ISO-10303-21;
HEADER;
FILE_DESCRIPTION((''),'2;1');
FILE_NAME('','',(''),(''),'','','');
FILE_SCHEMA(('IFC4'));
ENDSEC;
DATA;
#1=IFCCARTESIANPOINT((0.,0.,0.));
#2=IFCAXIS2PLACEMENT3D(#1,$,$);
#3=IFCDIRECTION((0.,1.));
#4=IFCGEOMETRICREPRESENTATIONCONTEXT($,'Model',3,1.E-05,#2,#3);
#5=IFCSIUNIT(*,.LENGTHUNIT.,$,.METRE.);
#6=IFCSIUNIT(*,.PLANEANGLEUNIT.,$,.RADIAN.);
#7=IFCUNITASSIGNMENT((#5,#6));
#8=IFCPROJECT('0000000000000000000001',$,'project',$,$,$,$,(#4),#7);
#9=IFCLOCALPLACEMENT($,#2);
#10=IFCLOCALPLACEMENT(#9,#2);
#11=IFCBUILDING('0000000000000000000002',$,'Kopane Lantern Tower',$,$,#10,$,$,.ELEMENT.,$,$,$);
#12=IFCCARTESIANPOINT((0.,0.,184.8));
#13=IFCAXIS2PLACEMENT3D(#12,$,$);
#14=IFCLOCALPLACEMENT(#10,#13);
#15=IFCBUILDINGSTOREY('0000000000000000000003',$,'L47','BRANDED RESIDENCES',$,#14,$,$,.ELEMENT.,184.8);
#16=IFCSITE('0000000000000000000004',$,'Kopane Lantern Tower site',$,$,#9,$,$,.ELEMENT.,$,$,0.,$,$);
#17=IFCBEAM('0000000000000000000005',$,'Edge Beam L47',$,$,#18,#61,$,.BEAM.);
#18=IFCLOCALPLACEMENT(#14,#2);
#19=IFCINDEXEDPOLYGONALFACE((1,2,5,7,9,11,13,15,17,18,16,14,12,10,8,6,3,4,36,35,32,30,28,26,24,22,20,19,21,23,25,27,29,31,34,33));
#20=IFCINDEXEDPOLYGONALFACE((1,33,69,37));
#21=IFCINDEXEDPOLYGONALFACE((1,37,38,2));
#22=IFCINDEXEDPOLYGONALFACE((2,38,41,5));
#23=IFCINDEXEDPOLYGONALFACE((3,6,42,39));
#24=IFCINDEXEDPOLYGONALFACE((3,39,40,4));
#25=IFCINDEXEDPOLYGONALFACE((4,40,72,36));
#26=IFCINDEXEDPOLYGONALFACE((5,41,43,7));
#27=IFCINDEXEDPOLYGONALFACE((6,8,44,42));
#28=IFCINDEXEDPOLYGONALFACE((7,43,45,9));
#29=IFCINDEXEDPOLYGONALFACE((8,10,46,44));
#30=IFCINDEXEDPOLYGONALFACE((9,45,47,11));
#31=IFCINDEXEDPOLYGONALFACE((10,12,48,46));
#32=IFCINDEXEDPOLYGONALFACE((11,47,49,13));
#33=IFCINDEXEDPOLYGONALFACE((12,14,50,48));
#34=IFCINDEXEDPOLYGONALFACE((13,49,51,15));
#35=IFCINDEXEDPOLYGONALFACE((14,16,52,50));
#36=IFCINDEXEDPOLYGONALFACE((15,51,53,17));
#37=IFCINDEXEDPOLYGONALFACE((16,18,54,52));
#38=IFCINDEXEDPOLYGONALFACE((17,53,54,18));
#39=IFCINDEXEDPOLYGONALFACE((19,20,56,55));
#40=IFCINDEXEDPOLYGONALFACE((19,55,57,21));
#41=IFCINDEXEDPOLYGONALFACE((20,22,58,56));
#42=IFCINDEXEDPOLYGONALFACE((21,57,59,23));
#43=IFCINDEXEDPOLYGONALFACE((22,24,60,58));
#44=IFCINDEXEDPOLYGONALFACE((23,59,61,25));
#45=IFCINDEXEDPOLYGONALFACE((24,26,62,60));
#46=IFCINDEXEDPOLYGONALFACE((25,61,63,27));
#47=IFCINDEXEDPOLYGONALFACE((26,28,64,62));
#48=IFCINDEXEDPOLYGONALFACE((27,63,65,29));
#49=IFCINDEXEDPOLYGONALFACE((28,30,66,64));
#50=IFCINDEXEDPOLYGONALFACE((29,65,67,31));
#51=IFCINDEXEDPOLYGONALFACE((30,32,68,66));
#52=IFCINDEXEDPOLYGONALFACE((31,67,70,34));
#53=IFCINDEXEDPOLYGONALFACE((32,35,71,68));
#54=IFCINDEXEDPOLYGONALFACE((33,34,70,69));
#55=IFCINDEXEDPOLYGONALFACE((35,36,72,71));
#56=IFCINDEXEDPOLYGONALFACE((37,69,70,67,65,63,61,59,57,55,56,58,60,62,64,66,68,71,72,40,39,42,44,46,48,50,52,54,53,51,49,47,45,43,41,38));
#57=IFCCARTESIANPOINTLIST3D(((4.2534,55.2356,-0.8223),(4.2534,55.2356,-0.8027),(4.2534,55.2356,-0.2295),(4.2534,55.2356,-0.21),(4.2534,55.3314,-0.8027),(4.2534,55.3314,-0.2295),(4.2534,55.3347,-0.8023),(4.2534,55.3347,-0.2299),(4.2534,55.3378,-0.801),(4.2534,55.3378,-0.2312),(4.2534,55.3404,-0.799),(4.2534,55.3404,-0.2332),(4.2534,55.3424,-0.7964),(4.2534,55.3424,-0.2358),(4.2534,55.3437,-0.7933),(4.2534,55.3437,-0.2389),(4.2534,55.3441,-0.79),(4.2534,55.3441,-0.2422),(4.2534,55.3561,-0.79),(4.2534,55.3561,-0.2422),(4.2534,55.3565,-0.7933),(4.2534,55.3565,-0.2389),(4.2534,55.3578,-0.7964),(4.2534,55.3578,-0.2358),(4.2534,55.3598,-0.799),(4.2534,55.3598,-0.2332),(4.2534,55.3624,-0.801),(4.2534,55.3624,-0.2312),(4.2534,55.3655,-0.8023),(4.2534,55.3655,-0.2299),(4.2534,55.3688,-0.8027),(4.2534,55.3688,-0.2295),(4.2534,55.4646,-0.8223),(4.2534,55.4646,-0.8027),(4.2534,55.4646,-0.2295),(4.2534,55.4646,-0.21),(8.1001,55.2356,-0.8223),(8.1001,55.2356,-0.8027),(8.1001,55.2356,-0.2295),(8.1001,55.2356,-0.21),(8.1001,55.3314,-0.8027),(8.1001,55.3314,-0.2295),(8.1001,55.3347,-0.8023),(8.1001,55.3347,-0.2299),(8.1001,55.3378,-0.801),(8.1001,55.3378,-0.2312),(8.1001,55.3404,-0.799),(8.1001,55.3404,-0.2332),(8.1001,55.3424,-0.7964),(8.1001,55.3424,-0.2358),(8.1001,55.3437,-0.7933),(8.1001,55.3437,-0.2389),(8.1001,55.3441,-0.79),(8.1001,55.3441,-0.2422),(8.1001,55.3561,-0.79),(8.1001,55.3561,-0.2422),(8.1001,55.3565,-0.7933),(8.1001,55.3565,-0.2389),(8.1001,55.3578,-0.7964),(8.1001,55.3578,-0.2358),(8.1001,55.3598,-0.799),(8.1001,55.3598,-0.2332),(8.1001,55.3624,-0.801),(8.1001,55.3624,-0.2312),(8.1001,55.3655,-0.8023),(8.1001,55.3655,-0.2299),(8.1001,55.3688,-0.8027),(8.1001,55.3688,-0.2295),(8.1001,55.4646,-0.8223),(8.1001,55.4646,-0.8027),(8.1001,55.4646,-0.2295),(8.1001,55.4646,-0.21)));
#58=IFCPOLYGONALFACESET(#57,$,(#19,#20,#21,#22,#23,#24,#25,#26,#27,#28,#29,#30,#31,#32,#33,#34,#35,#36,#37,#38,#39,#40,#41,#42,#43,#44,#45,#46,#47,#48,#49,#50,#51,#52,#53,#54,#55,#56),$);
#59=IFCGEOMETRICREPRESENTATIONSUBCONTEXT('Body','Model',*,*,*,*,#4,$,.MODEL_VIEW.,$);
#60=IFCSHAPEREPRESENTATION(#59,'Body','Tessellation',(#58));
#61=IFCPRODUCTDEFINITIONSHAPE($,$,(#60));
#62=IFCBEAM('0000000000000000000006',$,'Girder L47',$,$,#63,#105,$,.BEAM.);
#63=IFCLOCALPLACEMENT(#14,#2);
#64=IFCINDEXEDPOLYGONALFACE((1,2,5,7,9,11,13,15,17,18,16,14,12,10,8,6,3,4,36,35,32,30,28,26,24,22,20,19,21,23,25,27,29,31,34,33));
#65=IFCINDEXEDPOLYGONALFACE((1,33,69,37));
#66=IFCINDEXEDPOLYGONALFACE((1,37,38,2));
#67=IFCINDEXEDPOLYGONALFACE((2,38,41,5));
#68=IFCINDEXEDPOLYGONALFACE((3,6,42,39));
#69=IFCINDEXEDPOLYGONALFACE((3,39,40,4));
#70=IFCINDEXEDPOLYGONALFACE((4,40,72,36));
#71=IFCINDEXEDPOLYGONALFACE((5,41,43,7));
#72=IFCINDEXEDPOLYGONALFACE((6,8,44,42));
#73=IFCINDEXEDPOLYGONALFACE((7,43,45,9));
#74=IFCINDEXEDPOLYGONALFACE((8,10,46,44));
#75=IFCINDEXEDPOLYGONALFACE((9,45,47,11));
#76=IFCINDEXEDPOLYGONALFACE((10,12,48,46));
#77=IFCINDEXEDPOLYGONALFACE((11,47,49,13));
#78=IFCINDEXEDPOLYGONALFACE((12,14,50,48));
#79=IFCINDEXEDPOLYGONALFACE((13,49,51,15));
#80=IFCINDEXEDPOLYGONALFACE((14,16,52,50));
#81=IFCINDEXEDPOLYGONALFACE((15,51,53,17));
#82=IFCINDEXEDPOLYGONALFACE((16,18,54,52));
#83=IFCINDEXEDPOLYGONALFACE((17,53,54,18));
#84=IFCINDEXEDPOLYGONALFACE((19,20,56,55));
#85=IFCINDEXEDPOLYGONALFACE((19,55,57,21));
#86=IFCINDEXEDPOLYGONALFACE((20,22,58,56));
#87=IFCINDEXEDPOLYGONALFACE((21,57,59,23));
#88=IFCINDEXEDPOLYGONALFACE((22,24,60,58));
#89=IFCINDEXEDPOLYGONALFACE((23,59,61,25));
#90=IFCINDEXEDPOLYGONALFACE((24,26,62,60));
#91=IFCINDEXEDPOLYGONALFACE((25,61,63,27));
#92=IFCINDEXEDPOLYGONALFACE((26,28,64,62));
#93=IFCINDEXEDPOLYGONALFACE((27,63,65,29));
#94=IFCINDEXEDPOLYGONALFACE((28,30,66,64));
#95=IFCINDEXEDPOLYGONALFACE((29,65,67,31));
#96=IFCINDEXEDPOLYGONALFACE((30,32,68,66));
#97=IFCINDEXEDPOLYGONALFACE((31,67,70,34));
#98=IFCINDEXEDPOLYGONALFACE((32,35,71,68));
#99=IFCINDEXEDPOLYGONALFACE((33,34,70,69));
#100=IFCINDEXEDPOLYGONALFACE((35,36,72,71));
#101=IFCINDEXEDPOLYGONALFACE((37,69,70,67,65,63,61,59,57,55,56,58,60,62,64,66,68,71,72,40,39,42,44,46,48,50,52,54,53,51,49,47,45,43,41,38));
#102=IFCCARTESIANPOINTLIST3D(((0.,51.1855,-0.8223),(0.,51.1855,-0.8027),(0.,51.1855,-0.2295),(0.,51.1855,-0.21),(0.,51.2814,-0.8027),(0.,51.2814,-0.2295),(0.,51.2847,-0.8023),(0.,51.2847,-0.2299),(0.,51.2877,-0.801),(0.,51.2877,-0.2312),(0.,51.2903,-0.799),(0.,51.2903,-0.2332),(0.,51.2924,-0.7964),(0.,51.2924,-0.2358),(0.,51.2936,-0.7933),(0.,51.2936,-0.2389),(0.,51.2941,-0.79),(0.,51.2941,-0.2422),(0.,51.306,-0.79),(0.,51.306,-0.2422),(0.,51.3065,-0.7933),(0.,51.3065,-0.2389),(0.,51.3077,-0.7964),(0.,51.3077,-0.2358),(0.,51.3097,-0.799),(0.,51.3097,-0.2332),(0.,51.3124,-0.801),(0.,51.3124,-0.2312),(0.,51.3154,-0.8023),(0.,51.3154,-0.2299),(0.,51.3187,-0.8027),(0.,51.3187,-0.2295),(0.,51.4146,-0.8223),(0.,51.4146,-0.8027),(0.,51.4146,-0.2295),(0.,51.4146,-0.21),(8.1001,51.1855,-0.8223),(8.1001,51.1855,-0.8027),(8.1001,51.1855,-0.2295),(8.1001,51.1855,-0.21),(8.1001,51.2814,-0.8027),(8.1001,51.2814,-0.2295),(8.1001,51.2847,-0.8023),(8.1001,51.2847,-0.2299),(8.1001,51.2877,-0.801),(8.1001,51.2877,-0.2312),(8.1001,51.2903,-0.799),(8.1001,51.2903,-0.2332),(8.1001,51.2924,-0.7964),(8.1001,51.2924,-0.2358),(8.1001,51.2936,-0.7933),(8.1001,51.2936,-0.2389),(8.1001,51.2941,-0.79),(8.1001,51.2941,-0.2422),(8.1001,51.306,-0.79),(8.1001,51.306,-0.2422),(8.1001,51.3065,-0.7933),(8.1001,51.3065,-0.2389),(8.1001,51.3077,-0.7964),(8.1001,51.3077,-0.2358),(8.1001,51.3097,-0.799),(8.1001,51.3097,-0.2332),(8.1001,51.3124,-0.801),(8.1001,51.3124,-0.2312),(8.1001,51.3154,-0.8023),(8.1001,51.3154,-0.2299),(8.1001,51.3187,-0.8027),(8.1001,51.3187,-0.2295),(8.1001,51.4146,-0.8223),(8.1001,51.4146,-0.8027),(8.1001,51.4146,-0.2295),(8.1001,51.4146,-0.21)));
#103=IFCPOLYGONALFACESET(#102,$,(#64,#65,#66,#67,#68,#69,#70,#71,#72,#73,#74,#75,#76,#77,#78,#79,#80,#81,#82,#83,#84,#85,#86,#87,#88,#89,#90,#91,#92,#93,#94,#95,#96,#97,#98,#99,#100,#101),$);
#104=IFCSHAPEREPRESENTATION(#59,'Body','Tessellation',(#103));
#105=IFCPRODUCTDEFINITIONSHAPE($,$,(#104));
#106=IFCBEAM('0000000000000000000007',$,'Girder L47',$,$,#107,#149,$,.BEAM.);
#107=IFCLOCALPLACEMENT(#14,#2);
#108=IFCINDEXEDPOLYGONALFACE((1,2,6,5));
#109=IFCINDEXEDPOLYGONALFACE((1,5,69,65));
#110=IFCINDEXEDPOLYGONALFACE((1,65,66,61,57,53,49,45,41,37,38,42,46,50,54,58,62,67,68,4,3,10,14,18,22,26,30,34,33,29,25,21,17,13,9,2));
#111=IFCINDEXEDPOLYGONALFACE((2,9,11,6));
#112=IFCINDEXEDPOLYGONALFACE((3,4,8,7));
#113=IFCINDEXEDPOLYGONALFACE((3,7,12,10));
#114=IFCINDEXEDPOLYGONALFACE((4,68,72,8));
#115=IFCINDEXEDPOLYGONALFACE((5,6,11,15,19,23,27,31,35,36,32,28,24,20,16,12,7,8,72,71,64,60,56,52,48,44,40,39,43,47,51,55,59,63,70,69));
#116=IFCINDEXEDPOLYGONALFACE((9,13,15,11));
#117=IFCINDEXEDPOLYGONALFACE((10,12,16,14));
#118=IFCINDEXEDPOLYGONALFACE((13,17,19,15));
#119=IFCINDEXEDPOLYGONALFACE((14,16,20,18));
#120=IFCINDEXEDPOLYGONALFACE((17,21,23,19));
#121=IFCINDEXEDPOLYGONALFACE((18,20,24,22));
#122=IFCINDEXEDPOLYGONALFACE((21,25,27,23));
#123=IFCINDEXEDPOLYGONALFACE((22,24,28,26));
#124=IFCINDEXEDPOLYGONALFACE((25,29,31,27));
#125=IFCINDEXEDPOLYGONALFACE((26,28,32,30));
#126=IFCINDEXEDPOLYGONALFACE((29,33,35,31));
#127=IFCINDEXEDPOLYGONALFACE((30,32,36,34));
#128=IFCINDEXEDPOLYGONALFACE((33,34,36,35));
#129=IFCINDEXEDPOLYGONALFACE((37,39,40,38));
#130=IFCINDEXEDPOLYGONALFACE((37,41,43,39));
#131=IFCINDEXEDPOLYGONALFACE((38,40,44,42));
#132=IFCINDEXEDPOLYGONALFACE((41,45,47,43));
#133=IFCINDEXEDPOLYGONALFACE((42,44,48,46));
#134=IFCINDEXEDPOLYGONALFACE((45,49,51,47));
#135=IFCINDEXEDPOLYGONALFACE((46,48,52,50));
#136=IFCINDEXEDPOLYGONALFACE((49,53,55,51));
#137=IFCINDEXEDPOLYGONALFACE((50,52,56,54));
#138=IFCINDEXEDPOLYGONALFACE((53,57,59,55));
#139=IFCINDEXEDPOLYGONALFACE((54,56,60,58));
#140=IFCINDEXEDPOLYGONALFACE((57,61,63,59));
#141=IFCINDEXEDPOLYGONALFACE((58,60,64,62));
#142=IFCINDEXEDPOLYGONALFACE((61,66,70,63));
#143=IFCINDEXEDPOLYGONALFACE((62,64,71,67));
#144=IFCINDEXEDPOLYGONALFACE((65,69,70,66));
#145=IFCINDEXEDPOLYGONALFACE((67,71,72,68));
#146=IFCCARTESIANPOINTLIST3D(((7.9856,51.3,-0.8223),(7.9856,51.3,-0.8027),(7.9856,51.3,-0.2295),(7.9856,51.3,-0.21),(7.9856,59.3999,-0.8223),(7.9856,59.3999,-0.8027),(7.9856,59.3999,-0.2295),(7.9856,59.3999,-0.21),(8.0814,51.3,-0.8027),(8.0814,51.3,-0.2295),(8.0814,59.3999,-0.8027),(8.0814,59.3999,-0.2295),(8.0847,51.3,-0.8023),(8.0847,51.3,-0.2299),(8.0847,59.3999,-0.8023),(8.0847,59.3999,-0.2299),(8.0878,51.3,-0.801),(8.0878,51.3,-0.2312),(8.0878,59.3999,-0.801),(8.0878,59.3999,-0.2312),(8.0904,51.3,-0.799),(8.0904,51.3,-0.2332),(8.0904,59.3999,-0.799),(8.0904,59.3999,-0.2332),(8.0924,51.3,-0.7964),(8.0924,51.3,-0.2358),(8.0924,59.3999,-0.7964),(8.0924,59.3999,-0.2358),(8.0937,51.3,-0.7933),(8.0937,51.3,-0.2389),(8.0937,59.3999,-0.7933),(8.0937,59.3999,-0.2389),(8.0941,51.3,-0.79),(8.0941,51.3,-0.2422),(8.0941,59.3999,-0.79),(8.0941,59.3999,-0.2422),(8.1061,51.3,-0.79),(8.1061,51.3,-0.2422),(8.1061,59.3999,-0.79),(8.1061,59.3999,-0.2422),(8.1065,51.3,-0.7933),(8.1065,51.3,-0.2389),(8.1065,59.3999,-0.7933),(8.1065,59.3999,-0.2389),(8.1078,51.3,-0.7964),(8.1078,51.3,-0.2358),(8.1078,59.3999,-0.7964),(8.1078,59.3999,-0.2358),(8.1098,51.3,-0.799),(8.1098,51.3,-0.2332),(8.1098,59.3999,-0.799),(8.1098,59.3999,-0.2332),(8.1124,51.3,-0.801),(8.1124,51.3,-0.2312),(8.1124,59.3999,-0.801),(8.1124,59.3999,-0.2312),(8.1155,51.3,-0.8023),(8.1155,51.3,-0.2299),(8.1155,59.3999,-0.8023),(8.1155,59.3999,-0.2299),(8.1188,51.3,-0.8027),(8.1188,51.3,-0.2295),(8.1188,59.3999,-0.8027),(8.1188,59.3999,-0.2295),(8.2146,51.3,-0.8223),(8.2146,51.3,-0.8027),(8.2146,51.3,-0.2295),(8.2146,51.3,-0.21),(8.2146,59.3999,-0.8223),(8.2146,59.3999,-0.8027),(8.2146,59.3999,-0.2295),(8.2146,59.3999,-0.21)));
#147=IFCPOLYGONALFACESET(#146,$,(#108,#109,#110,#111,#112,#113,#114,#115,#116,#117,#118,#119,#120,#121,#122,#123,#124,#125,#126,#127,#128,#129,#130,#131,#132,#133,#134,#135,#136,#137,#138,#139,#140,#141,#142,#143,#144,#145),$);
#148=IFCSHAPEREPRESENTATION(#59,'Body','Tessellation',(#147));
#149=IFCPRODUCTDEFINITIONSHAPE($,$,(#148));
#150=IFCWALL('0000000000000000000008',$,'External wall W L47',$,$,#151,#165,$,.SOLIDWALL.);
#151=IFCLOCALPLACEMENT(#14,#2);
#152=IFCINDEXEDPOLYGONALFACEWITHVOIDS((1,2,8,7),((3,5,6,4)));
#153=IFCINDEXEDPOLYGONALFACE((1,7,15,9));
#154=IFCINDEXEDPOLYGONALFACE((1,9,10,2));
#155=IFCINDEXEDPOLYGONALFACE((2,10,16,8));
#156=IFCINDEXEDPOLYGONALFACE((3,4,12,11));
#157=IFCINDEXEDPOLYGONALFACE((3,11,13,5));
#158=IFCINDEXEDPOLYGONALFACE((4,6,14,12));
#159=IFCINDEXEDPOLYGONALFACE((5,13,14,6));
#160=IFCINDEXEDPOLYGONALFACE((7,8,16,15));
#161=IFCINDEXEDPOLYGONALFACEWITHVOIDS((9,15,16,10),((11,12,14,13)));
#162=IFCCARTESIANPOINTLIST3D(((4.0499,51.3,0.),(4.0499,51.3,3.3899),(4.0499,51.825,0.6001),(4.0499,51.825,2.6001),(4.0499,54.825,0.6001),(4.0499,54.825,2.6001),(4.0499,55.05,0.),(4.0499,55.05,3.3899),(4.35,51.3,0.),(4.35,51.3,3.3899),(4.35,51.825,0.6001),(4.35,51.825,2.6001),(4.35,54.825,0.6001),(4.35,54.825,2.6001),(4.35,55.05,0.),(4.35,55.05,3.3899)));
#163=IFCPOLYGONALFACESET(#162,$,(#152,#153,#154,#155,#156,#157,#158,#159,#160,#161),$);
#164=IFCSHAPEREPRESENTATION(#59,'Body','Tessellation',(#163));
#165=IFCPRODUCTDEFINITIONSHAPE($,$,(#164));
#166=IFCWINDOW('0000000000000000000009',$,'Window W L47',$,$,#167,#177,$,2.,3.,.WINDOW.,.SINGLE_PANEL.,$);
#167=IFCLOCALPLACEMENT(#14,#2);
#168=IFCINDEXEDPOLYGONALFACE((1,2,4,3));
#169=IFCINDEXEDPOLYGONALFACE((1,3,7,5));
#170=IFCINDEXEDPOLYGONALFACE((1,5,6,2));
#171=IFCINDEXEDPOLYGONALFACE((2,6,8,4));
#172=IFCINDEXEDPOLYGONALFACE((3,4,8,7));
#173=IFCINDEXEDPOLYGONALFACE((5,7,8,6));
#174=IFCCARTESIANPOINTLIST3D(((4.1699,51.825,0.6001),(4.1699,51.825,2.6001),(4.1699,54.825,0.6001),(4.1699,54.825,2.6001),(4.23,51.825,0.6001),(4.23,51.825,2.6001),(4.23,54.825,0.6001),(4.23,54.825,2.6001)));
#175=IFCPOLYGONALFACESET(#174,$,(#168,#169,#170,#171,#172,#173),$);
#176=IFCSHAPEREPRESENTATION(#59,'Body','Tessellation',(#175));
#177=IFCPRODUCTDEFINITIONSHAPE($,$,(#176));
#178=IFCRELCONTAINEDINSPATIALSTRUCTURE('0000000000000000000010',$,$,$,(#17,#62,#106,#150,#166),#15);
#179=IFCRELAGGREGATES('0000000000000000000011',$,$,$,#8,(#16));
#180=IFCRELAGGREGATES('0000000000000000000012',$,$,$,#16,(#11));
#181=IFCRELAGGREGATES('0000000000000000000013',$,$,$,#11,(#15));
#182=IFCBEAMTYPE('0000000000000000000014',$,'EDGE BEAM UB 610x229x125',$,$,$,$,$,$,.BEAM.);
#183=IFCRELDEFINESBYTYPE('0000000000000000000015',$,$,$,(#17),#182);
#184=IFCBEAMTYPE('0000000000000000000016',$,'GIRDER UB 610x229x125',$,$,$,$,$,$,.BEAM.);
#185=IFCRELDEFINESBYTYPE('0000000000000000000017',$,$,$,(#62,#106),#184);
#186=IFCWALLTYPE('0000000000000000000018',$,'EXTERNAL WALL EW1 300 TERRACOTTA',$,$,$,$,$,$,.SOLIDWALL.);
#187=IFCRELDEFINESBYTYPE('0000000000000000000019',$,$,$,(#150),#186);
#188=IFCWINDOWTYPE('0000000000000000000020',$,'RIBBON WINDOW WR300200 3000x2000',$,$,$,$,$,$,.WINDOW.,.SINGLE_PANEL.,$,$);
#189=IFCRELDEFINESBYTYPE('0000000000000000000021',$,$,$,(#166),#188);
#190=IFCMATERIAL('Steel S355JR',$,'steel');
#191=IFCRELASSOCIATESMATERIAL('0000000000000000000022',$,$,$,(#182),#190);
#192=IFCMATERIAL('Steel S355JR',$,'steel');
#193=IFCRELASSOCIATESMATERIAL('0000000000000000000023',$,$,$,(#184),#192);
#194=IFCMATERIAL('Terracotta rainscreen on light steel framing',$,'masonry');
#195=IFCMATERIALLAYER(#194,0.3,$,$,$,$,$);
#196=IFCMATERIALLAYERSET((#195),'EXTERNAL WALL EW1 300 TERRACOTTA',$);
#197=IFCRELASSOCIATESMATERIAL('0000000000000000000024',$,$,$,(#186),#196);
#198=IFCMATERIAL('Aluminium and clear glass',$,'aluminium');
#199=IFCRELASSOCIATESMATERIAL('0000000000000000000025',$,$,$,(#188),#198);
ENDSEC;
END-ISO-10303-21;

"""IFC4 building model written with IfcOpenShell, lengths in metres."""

from ifc_helpers import new_model, si_unit, direction, frame, frame_2d, origin, origin_2d, place, context, subcontext, project, spatial, rectangle, i_section, extrude, material, layer, layer_set, material_profile, profile_set, type_object, element, fill, save


model = new_model("IFC4")

# Units and contexts
model_context = context("Model", 3, precision=1e-05, world=origin(), true_north=direction((0.0, 1.0)))
body_context = subcontext(model_context, "Body", "Model", "MODEL_VIEW")
ifc_project = project(units=[si_unit("LENGTHUNIT", "METRE"), si_unit("PLANEANGLEUNIT", "RADIAN")], contexts=[model_context])

# Site, building, storey
site_placement = place(None, origin())
site = spatial("IfcSite", under=ifc_project, at=site_placement, Name="Kopane Lantern Tower site", CompositionType="ELEMENT", RefElevation=0.0)
building_placement = place(site_placement, origin())
building = spatial("IfcBuilding", under=site, at=building_placement, Name="Kopane Lantern Tower", CompositionType="ELEMENT")
storey_placement = place(building_placement, frame((0.0, 0.0, 184.8)))
storey = spatial("IfcBuildingStorey", under=building, at=storey_placement, Name="L47", Description="BRANDED RESIDENCES", CompositionType="ELEMENT", Elevation=184.8)

# Beams
ifc_material_1 = material(Name="Steel S355JR", Category="steel")
ifc_material_profile_1 = material_profile(ifc_material_1, i_section(OverallWidth=0.229, OverallDepth=0.6123, WebThickness=0.012, FlangeThickness=0.0195, FilletRadius=0.0127, at=origin_2d()), Name="UB 610x229x125")
ifc_profile_set_1 = profile_set([ifc_material_profile_1], Name="Steel S355JR")
beam_type_1 = type_object("IfcBeamType", Name="EDGE BEAM UB 610x229x125", PredefinedType="BEAM", material=ifc_profile_set_1)
beam_1_placement = place(storey_placement, frame((4.2534, 55.3501, -0.5161), z_axis=(1.0, 0.0, 0.0), x_axis=(0.0, 1.0, 0.0)))
element("IfcBeam", 1, at=beam_1_placement, inside=storey, type_object=beam_type_1, Name="Edge Beam L47", PredefinedType="BEAM", context=body_context, shape_type="SweptSolid", body=[
    extrude(i_section(OverallWidth=0.229, OverallDepth=0.6123, WebThickness=0.012, FlangeThickness=0.0195, FilletRadius=0.0127, at=origin_2d()), origin(), (0.0, 0.0, 1.0), 3.8467),
])
ifc_material_2 = material(Name="Steel S355JR", Category="steel")
ifc_material_profile_2 = material_profile(ifc_material_2, i_section(OverallWidth=0.229, OverallDepth=0.6123, WebThickness=0.012, FlangeThickness=0.0195, FilletRadius=0.0127, at=origin_2d()), Name="UB 610x229x125")
ifc_profile_set_2 = profile_set([ifc_material_profile_2], Name="Steel S355JR")
beam_type_2 = type_object("IfcBeamType", Name="GIRDER UB 610x229x125", PredefinedType="BEAM", material=ifc_profile_set_2)
beam_2_placement = place(storey_placement, frame((0.0, 51.3, -0.5161), z_axis=(1.0, 0.0, 0.0), x_axis=(0.0, 1.0, 0.0)))
element("IfcBeam", 2, at=beam_2_placement, inside=storey, type_object=beam_type_2, Name="Girder L47", PredefinedType="BEAM", context=body_context, shape_type="SweptSolid", body=[
    extrude(i_section(OverallWidth=0.229, OverallDepth=0.6123, WebThickness=0.012, FlangeThickness=0.0195, FilletRadius=0.0127, at=origin_2d()), origin(), (0.0, 0.0, 1.0), 8.1001),
])
beam_3_placement = place(storey_placement, frame((8.1001, 51.3, -0.5161), z_axis=(0.0, 1.0, 0.0), x_axis=(-1.0, 0.0, 0.0)))
element("IfcBeam", 3, at=beam_3_placement, inside=storey, type_object=beam_type_2, Name="Girder L47", PredefinedType="BEAM", context=body_context, shape_type="SweptSolid", body=[
    extrude(i_section(OverallWidth=0.229, OverallDepth=0.6123, WebThickness=0.012, FlangeThickness=0.0195, FilletRadius=0.0127, at=origin_2d()), origin(), (0.0, 0.0, 1.0), 8.0999),
])

# Wall, opening, window
ifc_material_3 = material(Name="Terracotta rainscreen on light steel framing", Category="masonry")
ifc_layer = layer(ifc_material_3, 0.3)
ifc_layer_set = layer_set([ifc_layer], Name="EXTERNAL WALL EW1 300 TERRACOTTA")
wall_type = type_object("IfcWallType", Name="EXTERNAL WALL EW1 300 TERRACOTTA", PredefinedType="SOLIDWALL", material=ifc_layer_set)
wall_1_placement = place(storey_placement, frame((4.2, 55.05, 0.0), z_axis=(0.0, 0.0, 1.0), x_axis=(0.0, -1.0, 0.0)))
wall_1 = element("IfcWall", 4, at=wall_1_placement, inside=storey, type_object=wall_type, Name="External wall W L47", PredefinedType="SOLIDWALL", context=body_context, shape_type="SweptSolid", body=[
    extrude(rectangle(XDim=3.75, YDim=0.3, at=frame_2d((1.875, 0.0))), origin(), (0.0, 0.0, 1.0), 3.3899),
])
opening_1_placement = place(wall_1_placement, frame((0.2251, 0.0, 0.6001)))
opening_1 = element("IfcOpeningElement", 5, at=opening_1_placement, cuts=wall_1, PredefinedType="OPENING", context=body_context, shape_type="SweptSolid", body=[
    extrude(rectangle(XDim=3.0, YDim=2.0, at=frame_2d((1.5, 1.0))), frame((0.0, 0.1599, 0.0), z_axis=(0.0, -1.0, 0.0), x_axis=(1.0, 0.0, 0.0)), (0.0, 0.0, 1.0), 0.3201),
])
ifc_material_4 = material(Name="Aluminium and clear glass", Category="aluminium")
window_type_1 = type_object("IfcWindowType", Name="RIBBON WINDOW WR300200 3000x2000", PartitioningType="SINGLE_PANEL", PredefinedType="WINDOW", material=ifc_material_4)
window_1_placement = place(opening_1_placement, origin())
window_1 = element("IfcWindow", 6, at=window_1_placement, inside=storey, type_object=window_type_1, Name="Window W L47", OverallHeight=2.0, OverallWidth=3.0, PartitioningType="SINGLE_PANEL", PredefinedType="WINDOW", context=body_context, shape_type="SweptSolid", body=[
    extrude(rectangle(XDim=3.0, YDim=2.0, at=frame_2d((1.5, 1.0))), frame((0.0, 0.03, 0.0), z_axis=(0.0, -1.0, 0.0), x_axis=(1.0, 0.0, 0.0)), (0.0, 0.0, 1.0), 0.0601),
])
fill(opening_1, window_1)

save(model, "model.ifc")
